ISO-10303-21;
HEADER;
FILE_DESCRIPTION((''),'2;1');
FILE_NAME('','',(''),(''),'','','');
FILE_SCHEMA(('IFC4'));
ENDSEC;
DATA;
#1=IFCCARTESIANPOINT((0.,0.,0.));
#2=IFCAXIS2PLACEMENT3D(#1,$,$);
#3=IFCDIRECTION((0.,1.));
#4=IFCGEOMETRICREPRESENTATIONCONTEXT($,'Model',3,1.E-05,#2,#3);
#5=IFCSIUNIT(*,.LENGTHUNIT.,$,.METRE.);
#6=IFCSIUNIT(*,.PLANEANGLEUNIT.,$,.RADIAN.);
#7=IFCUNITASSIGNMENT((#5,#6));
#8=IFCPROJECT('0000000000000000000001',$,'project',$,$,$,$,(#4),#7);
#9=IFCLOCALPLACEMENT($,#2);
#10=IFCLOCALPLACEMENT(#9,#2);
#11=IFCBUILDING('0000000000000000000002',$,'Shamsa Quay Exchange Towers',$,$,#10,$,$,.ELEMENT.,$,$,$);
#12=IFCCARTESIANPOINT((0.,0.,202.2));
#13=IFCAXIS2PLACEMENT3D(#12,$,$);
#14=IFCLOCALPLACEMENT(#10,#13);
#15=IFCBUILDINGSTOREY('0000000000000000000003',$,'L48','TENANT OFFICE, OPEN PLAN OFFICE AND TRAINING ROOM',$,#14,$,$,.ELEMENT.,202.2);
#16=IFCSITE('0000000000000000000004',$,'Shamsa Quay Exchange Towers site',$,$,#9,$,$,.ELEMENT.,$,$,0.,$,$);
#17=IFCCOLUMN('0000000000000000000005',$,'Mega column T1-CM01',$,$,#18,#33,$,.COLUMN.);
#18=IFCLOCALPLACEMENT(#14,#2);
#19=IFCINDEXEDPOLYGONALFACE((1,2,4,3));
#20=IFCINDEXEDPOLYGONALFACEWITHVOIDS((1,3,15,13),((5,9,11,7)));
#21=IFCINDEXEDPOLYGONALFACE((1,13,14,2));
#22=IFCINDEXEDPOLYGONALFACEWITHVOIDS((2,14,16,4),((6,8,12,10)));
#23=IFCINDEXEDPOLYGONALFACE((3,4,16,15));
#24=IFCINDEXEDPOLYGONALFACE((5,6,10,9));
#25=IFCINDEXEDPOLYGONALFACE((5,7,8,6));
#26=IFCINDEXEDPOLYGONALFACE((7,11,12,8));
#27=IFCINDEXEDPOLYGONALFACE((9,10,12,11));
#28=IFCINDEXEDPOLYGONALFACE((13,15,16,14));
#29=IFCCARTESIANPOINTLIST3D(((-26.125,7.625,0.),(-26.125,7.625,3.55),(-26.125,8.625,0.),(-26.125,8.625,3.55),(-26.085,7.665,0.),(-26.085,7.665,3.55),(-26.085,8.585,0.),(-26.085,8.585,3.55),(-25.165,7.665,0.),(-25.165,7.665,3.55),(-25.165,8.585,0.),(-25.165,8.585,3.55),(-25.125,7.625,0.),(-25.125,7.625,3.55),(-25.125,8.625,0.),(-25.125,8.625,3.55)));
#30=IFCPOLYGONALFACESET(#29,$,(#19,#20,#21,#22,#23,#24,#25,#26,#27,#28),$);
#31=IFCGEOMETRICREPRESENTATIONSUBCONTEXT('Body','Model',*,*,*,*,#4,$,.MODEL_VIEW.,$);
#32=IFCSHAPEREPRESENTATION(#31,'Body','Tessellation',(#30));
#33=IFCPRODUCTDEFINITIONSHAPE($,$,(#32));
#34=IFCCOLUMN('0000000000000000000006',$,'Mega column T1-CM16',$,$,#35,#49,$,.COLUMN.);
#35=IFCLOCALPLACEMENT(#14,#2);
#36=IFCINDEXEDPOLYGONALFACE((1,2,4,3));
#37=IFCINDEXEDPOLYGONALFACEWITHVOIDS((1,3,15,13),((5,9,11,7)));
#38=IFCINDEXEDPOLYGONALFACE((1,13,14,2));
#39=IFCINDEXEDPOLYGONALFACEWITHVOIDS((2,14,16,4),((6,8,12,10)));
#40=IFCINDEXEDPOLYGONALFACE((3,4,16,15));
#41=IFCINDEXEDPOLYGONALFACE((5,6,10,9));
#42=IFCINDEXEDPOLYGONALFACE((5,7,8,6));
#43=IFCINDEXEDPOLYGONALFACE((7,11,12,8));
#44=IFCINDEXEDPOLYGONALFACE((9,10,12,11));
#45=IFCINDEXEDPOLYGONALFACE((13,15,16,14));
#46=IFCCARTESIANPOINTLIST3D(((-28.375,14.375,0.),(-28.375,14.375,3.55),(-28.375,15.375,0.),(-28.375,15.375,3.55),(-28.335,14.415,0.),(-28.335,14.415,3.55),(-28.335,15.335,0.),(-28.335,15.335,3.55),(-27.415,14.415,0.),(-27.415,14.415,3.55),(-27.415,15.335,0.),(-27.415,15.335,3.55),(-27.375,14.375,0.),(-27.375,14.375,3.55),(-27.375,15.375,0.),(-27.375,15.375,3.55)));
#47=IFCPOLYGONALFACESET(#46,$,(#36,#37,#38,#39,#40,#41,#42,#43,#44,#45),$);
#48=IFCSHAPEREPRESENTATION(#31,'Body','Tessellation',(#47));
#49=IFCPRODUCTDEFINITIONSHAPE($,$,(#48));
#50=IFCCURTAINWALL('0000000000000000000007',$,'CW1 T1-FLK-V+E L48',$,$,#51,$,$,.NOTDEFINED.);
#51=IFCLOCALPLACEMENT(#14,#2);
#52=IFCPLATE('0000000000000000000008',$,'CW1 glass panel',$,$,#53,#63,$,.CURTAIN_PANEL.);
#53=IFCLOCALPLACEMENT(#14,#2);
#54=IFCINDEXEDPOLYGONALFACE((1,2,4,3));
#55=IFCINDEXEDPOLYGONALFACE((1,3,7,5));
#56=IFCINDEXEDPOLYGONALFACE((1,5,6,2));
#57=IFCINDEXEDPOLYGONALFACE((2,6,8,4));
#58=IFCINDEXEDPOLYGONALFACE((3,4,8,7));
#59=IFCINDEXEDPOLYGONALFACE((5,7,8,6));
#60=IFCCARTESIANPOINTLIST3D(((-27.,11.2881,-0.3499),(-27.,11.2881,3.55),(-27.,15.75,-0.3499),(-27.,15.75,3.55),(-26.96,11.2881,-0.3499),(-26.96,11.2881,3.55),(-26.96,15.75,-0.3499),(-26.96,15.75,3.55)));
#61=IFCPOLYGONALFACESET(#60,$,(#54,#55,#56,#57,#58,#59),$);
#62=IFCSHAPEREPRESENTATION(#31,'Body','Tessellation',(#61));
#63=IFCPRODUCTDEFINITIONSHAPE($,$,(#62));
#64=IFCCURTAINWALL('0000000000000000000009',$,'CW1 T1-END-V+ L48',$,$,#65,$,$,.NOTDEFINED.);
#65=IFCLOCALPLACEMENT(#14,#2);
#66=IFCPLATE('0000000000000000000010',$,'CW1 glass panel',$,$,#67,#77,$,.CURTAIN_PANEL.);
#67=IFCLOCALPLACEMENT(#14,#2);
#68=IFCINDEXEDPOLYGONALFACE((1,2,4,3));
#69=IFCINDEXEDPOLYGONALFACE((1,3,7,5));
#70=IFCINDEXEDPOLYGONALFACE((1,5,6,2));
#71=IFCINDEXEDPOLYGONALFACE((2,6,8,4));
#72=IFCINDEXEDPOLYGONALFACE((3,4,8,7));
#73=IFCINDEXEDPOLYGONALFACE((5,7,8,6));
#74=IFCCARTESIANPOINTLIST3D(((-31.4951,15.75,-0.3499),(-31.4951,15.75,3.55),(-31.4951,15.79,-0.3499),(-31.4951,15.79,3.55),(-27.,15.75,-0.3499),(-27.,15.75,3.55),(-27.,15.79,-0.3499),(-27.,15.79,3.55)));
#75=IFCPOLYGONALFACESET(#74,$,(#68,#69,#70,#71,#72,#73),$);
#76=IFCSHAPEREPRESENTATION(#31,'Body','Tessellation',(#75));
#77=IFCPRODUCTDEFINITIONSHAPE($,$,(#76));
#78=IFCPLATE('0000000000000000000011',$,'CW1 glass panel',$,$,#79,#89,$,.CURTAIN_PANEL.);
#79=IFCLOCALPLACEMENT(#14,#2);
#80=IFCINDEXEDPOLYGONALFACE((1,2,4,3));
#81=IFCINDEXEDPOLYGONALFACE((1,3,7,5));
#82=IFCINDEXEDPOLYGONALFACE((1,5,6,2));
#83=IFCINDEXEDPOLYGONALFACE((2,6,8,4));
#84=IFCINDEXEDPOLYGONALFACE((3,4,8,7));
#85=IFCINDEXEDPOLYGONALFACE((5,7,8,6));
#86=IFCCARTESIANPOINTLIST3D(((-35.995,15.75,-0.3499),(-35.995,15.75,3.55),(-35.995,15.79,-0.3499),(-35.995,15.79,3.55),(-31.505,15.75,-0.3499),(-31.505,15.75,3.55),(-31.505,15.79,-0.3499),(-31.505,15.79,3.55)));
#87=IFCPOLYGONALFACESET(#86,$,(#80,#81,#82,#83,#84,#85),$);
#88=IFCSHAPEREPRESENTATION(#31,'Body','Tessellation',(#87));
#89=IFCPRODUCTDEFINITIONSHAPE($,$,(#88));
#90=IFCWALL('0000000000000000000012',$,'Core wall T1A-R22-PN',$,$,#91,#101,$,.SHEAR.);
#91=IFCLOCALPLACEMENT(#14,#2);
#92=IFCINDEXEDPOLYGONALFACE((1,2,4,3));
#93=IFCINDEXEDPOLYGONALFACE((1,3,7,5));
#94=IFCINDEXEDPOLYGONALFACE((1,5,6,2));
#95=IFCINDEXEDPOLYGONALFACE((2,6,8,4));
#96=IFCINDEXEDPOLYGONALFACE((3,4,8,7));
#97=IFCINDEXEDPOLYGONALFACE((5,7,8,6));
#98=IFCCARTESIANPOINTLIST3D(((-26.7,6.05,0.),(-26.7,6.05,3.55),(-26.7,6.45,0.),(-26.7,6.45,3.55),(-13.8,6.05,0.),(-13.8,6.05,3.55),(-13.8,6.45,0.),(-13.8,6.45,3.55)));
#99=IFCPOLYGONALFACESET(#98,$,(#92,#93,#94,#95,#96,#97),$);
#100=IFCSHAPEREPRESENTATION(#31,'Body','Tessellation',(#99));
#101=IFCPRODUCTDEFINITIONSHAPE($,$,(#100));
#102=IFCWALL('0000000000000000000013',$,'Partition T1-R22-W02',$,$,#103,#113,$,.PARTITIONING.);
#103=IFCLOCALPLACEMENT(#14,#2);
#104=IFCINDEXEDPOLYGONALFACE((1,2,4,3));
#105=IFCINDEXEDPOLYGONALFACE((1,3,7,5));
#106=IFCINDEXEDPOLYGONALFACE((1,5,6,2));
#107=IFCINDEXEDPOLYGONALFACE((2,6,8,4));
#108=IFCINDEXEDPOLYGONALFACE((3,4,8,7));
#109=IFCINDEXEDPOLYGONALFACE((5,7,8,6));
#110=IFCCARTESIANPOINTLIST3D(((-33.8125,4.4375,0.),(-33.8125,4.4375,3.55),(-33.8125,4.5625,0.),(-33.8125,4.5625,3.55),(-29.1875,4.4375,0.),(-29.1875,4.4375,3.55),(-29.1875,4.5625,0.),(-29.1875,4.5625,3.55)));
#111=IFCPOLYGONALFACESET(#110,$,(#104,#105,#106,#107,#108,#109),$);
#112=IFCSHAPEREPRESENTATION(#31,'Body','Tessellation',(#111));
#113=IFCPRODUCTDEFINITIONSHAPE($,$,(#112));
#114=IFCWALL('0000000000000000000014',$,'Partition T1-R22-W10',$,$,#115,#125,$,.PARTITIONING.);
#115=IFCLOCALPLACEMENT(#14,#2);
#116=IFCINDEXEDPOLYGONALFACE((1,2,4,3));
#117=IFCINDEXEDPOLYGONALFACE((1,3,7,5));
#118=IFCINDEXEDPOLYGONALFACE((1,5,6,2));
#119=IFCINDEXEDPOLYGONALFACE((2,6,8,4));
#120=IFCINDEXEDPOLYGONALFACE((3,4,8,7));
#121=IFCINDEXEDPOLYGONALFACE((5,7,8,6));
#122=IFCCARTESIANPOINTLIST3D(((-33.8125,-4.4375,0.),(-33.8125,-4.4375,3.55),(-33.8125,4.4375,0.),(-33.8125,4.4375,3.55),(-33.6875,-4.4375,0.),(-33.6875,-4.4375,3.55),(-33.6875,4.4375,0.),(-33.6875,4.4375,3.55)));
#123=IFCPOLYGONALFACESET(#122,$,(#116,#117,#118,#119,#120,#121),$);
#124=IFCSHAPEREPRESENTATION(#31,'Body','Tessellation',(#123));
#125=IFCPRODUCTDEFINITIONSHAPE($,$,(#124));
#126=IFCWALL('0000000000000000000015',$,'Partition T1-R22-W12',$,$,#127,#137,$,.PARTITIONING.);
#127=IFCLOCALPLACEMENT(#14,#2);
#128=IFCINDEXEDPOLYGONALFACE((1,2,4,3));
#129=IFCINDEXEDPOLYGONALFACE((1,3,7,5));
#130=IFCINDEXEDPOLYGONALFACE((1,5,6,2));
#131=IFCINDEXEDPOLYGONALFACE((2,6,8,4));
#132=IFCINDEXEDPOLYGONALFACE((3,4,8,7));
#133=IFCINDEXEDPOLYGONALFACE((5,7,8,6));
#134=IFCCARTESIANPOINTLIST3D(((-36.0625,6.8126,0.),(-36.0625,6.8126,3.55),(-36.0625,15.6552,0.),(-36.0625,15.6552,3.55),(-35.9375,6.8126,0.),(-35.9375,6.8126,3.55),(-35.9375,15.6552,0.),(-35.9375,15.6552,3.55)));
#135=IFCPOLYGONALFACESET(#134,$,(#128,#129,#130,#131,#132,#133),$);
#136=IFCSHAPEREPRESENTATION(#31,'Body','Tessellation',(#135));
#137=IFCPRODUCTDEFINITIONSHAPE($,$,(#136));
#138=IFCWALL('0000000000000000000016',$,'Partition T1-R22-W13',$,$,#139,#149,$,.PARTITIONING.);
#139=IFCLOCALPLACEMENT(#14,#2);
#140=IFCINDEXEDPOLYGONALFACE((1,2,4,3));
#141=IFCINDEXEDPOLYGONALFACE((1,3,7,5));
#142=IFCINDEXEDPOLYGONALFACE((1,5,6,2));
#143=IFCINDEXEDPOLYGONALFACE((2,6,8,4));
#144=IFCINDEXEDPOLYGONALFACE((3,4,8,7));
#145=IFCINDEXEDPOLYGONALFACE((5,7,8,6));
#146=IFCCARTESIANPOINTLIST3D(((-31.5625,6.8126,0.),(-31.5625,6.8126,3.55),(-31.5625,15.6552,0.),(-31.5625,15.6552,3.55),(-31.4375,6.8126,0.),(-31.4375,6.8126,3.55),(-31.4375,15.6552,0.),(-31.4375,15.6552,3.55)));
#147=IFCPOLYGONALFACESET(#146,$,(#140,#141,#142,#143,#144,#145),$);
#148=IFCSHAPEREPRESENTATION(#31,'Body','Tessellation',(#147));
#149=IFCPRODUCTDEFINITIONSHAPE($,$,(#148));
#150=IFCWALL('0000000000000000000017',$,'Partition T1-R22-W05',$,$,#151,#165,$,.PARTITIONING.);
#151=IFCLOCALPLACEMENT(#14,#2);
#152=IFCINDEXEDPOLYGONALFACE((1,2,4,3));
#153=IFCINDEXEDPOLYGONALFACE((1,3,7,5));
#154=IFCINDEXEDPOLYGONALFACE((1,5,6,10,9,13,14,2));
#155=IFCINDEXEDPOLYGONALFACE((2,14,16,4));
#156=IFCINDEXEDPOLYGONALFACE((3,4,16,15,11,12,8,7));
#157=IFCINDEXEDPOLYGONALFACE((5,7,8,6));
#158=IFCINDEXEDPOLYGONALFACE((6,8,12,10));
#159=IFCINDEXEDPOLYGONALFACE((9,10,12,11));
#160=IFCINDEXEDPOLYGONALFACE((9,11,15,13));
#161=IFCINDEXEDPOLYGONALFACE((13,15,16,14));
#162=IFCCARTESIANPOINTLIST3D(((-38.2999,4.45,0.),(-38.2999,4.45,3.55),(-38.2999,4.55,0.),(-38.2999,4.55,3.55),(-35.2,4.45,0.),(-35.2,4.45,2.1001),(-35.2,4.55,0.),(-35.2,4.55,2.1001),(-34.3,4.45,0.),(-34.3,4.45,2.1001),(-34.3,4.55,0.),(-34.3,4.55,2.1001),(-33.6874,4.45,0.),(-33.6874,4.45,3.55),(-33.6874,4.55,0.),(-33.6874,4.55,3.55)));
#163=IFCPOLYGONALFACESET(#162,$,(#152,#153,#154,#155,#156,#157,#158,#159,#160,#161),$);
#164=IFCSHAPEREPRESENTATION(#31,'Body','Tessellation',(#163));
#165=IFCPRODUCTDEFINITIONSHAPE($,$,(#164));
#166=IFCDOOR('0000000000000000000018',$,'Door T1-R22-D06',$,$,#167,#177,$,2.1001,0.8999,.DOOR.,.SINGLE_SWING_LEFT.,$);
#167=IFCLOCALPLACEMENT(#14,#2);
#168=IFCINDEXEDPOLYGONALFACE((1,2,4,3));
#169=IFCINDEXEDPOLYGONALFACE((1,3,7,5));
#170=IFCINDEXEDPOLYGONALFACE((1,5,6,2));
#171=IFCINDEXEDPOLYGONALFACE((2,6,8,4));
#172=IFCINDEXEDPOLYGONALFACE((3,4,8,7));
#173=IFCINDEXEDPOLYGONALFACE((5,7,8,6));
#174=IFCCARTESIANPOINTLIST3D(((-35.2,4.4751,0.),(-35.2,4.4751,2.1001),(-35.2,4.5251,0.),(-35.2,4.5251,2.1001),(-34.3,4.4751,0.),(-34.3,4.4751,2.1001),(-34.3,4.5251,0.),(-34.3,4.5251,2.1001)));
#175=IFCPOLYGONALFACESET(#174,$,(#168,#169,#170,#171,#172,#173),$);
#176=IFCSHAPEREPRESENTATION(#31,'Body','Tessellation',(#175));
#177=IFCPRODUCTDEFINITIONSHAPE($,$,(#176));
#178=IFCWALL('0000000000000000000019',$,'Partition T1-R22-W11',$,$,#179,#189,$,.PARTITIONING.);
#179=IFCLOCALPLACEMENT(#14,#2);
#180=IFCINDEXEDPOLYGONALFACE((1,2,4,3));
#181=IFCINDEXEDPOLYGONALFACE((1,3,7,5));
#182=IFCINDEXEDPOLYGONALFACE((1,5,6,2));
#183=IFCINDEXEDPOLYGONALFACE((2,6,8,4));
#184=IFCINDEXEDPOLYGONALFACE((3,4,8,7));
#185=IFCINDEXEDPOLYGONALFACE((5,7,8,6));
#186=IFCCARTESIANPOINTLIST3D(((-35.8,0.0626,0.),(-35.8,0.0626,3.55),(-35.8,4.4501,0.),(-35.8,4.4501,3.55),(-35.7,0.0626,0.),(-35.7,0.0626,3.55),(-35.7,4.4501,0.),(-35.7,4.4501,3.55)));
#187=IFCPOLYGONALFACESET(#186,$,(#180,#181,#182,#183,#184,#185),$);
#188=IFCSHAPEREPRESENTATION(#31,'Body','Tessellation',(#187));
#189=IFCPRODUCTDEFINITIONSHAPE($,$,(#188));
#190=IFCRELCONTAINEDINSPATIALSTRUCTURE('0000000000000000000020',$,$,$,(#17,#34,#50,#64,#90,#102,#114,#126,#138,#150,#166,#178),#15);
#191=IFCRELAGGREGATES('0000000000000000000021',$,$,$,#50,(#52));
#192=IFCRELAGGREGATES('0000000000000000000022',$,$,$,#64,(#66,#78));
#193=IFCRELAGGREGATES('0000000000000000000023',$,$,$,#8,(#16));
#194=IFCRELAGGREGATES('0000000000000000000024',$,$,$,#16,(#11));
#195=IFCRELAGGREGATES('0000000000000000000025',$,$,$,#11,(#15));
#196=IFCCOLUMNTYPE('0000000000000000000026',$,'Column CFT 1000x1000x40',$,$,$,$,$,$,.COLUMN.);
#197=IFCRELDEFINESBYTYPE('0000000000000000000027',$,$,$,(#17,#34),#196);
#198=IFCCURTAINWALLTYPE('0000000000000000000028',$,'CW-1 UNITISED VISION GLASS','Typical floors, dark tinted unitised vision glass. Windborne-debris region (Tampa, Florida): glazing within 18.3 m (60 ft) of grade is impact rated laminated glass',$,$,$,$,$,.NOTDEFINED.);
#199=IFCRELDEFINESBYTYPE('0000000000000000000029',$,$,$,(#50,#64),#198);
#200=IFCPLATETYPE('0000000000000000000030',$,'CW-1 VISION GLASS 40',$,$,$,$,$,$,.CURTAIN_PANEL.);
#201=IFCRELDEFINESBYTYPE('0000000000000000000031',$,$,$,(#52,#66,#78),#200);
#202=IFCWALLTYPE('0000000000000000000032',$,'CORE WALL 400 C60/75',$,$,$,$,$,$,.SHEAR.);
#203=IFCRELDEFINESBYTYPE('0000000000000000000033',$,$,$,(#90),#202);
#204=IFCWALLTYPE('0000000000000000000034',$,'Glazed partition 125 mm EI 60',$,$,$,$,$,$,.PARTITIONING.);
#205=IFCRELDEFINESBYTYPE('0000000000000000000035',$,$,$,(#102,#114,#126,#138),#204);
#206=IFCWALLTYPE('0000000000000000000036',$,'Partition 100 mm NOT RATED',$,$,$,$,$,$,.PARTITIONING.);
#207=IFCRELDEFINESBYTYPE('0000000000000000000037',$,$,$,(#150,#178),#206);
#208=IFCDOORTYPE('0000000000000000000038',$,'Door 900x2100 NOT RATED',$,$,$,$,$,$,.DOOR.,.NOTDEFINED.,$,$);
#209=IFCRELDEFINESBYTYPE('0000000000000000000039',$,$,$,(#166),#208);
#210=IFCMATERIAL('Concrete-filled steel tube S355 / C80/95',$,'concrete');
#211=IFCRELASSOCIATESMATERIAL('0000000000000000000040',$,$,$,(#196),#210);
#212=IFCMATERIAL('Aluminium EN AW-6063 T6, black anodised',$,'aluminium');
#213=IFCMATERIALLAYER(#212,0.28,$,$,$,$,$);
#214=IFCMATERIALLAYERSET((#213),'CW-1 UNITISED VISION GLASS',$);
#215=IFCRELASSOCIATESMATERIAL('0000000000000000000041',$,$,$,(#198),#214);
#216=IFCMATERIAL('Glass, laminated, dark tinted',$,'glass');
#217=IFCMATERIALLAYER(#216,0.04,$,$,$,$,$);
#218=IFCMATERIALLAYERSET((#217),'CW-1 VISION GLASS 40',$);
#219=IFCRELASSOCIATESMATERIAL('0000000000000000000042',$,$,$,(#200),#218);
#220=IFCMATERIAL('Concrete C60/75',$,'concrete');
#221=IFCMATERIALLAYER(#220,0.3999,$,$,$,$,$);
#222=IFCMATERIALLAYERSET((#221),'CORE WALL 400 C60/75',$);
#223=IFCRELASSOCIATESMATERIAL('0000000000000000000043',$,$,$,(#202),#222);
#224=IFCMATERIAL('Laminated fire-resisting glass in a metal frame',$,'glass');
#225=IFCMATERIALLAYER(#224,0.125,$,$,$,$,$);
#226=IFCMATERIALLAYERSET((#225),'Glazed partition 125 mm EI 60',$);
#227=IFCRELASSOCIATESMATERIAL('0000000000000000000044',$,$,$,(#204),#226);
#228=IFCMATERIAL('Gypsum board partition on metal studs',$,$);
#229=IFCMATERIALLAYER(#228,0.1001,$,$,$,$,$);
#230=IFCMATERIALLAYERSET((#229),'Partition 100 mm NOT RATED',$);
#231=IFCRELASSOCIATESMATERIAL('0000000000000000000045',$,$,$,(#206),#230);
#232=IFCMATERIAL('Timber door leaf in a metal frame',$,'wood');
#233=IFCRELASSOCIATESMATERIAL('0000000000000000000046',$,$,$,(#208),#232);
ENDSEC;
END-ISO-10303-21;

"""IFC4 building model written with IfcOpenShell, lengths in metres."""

from ifc_helpers import new_model, si_unit, direction, frame, frame_2d, origin, origin_2d, place, context, subcontext, project, spatial, rectangle, hollow_rectangle, extrude, material, layer, layer_set, material_profile, profile_set, type_object, element, fill, aggregate, save


model = new_model("IFC4")

# Units and contexts
model_context = context("Model", 3, precision=1e-05, world=origin(), true_north=direction((0.0, 1.0)))
body_context = subcontext(model_context, "Body", "Model", "MODEL_VIEW")
ifc_project = project(units=[si_unit("LENGTHUNIT", "METRE"), si_unit("PLANEANGLEUNIT", "RADIAN")], contexts=[model_context])

# Site, building, storey
site_placement = place(None, origin())
site = spatial("IfcSite", under=ifc_project, at=site_placement, Name="Shamsa Quay Exchange Towers site", CompositionType="ELEMENT", RefElevation=0.0)
building_placement = place(site_placement, origin())
building = spatial("IfcBuilding", under=site, at=building_placement, Name="Shamsa Quay Exchange Towers", CompositionType="ELEMENT")
storey_placement = place(building_placement, frame((0.0, 0.0, 202.2)))
storey = spatial("IfcBuildingStorey", under=building, at=storey_placement, Name="L48", Description="TENANT OFFICE, OPEN PLAN OFFICE AND TRAINING ROOM", CompositionType="ELEMENT", Elevation=202.2)

# Columns
ifc_material_1 = material(Name="Concrete-filled steel tube S355 / C80/95", Category="concrete")
ifc_material_profile = material_profile(ifc_material_1, hollow_rectangle(XDim=1.0, YDim=1.0, WallThickness=0.04, at=origin_2d()), Name="CFT 1000x1000x40")
ifc_profile_set = profile_set([ifc_material_profile], Name="Concrete-filled steel tube S355 / C80/95")
column_type = type_object("IfcColumnType", Name="Column CFT 1000x1000x40", PredefinedType="COLUMN", material=ifc_profile_set)
for number, where, name in (
    (1, (-25.625, 8.125, 0.0), "Mega column T1-CM01"),
    (2, (-27.875, 14.875, 0.0), "Mega column T1-CM16"),
):
    element("IfcColumn", number, at=place(storey_placement, frame(where)), inside=storey, type_object=column_type, Name=name, PredefinedType="COLUMN", context=body_context, shape_type="SweptSolid", body=[
        extrude(hollow_rectangle(XDim=1.0, YDim=1.0, WallThickness=0.04, at=origin_2d()), origin(), (0.0, 0.0, 1.0), 3.55),
    ])

# Curtain wall, plate
ifc_material_2 = material(Name="Aluminium EN AW-6063 T6, black anodised", Category="aluminium")
ifc_layer_1 = layer(ifc_material_2, 0.28)
ifc_layer_set_1 = layer_set([ifc_layer_1], Name="CW-1 UNITISED VISION GLASS")
curtain_wall_type = type_object("IfcCurtainWallType", Name="CW-1 UNITISED VISION GLASS", Description="Typical floors, dark tinted unitised vision glass. Windborne-debris region (Tampa, Florida): glazing within 18.3 m (60 ft) of grade is impact rated laminated glass", PredefinedType="NOTDEFINED", material=ifc_layer_set_1)
curtain_wall_1_placement = place(storey_placement, origin())
curtain_wall_1 = element("IfcCurtainWall", 3, at=curtain_wall_1_placement, inside=storey, type_object=curtain_wall_type, Name="CW1 T1-FLK-V+E L48", PredefinedType="NOTDEFINED")
ifc_material_3 = material(Name="Glass, laminated, dark tinted", Category="glass")
ifc_layer_2 = layer(ifc_material_3, 0.04)
ifc_layer_set_2 = layer_set([ifc_layer_2], Name="CW-1 VISION GLASS 40")
plate_type = type_object("IfcPlateType", Name="CW-1 VISION GLASS 40", PredefinedType="CURTAIN_PANEL", material=ifc_layer_set_2)
plate_1_placement = place(storey_placement, frame((-26.98, 13.519, -0.3499), z_axis=(0.0, 0.0, 1.0), x_axis=(0.0, 1.0, 0.0)))
plate_1 = element("IfcPlate", 4, at=plate_1_placement, type_object=plate_type, Name="CW1 glass panel", PredefinedType="CURTAIN_PANEL", context=body_context, shape_type="SweptSolid", body=[
    extrude(rectangle(XDim=4.4619, YDim=0.04, at=origin_2d()), origin(), (0.0, 0.0, 1.0), 3.8999),
])
aggregate(curtain_wall_1, [plate_1])

# Curtain wall, plates
curtain_wall_2_placement = place(storey_placement, origin())
curtain_wall_2 = element("IfcCurtainWall", 5, at=curtain_wall_2_placement, inside=storey, type_object=curtain_wall_type, Name="CW1 T1-END-V+ L48", PredefinedType="NOTDEFINED")
plate_2_placement = place(storey_placement, frame((-29.2476, 15.77, -0.3499), z_axis=(0.0, 0.0, 1.0), x_axis=(-1.0, 0.0, 0.0)))
plate_2 = element("IfcPlate", 6, at=plate_2_placement, type_object=plate_type, Name="CW1 glass panel", PredefinedType="CURTAIN_PANEL", context=body_context, shape_type="SweptSolid", body=[
    extrude(rectangle(XDim=4.4951, YDim=0.04, at=origin_2d()), origin(), (0.0, 0.0, 1.0), 3.8999),
])
plate_3_placement = place(storey_placement, frame((-33.75, 15.77, -0.3499), z_axis=(0.0, 0.0, 1.0), x_axis=(-1.0, 0.0, 0.0)))
plate_3 = element("IfcPlate", 7, at=plate_3_placement, type_object=plate_type, Name="CW1 glass panel", PredefinedType="CURTAIN_PANEL", context=body_context, shape_type="SweptSolid", body=[
    extrude(rectangle(XDim=4.49, YDim=0.04, at=origin_2d()), origin(), (0.0, 0.0, 1.0), 3.8999),
])
aggregate(curtain_wall_2, [plate_2, plate_3])

# Wall
ifc_material_4 = material(Name="Concrete C60/75", Category="concrete")
ifc_layer_3 = layer(ifc_material_4, 0.3999)
ifc_layer_set_3 = layer_set([ifc_layer_3], Name="CORE WALL 400 C60/75")
wall_type_1 = type_object("IfcWallType", Name="CORE WALL 400 C60/75", PredefinedType="SHEAR", material=ifc_layer_set_3)
wall_1_placement = place(storey_placement, frame((-26.7, 6.25, 0.0)))
element("IfcWall", 8, at=wall_1_placement, inside=storey, type_object=wall_type_1, Name="Core wall T1A-R22-PN", PredefinedType="SHEAR", context=body_context, shape_type="SweptSolid", body=[
    extrude(rectangle(XDim=12.8999, YDim=0.3999, at=frame_2d((6.45, 0.0))), origin(), (0.0, 0.0, 1.0), 3.55),
])

# Walls
ifc_material_5 = material(Name="Laminated fire-resisting glass in a metal frame", Category="glass")
ifc_layer_4 = layer(ifc_material_5, 0.125)
ifc_layer_set_4 = layer_set([ifc_layer_4], Name="Glazed partition 125 mm EI 60")
wall_type_2 = type_object("IfcWallType", Name="Glazed partition 125 mm EI 60", PredefinedType="PARTITIONING", material=ifc_layer_set_4)
wall_2_placement = place(storey_placement, frame((-29.1875, 4.5, 0.0), z_axis=(0.0, 0.0, 1.0), x_axis=(-1.0, 0.0, 0.0)))
element("IfcWall", 9, at=wall_2_placement, inside=storey, type_object=wall_type_2, Name="Partition T1-R22-W02", PredefinedType="PARTITIONING", context=body_context, shape_type="SweptSolid", body=[
    extrude(rectangle(XDim=4.625, YDim=0.125, at=frame_2d((2.3125, 0.0))), origin(), (0.0, 0.0, 1.0), 3.55),
])
wall_3_placement = place(storey_placement, frame((-33.75, 4.4375, 0.0), z_axis=(0.0, 0.0, 1.0), x_axis=(0.0, -1.0, 0.0)))
element("IfcWall", 10, at=wall_3_placement, inside=storey, type_object=wall_type_2, Name="Partition T1-R22-W10", PredefinedType="PARTITIONING", context=body_context, shape_type="SweptSolid", body=[
    extrude(rectangle(XDim=8.875, YDim=0.125, at=frame_2d((4.4375, 0.0))), origin(), (0.0, 0.0, 1.0), 3.55),
])
for number, where, z_axis, x_axis, name in (
    (11, (-36.0, 6.8125, 0.0), (0.0, 0.0, 1.0), (0.0, 1.0, 0.0), "Partition T1-R22-W12"),
    (12, (-31.5, 6.8125, 0.0), (0.0, 0.0, 1.0), (0.0, 1.0, 0.0), "Partition T1-R22-W13"),
):
    element("IfcWall", number, at=place(storey_placement, frame(where, z_axis=z_axis, x_axis=x_axis)), inside=storey, type_object=wall_type_2, Name=name, PredefinedType="PARTITIONING", context=body_context, shape_type="SweptSolid", body=[
        extrude(rectangle(XDim=8.8425, YDim=0.125, at=frame_2d((4.4214, 0.0))), origin(), (0.0, 0.0, 1.0), 3.55),
    ])

# Wall, opening, door
ifc_material_6 = material(Name="Gypsum board partition on metal studs")
ifc_layer_5 = layer(ifc_material_6, 0.1001)
ifc_layer_set_5 = layer_set([ifc_layer_5], Name="Partition 100 mm NOT RATED")
wall_type_3 = type_object("IfcWallType", Name="Partition 100 mm NOT RATED", PredefinedType="PARTITIONING", material=ifc_layer_set_5)
wall_4_placement = place(storey_placement, frame((-33.6875, 4.5, 0.0), z_axis=(0.0, 0.0, 1.0), x_axis=(-1.0, 0.0, 0.0)))
wall_4 = element("IfcWall", 13, at=wall_4_placement, inside=storey, type_object=wall_type_3, Name="Partition T1-R22-W05", PredefinedType="PARTITIONING", context=body_context, shape_type="SweptSolid", body=[
    extrude(rectangle(XDim=4.6125, YDim=0.1001, at=frame_2d((2.3062, 0.0))), origin(), (0.0, 0.0, 1.0), 3.55),
])
opening_1_placement = place(wall_4_placement, frame((0.6125, 0.0, 0.0)))
opening_1 = element("IfcOpeningElement", 14, at=opening_1_placement, cuts=wall_4, PredefinedType="OPENING", context=body_context, shape_type="SweptSolid", body=[
    extrude(rectangle(XDim=0.8999, YDim=2.1001, at=frame_2d((0.45, 1.05))), frame((0.0, 0.0601, 0.0), z_axis=(0.0, -1.0, 0.0), x_axis=(1.0, 0.0, 0.0)), (0.0, 0.0, 1.0), 0.1201),
])
ifc_material_7 = material(Name="Timber door leaf in a metal frame", Category="wood")
door_type_1 = type_object("IfcDoorType", Name="Door 900x2100 NOT RATED", OperationType="NOTDEFINED", PredefinedType="DOOR", material=ifc_material_7)
door_1_placement = place(opening_1_placement, origin())
door_1 = element("IfcDoor", 15, at=door_1_placement, inside=storey, type_object=door_type_1, Name="Door T1-R22-D06", OperationType="SINGLE_SWING_LEFT", OverallHeight=2.1001, OverallWidth=0.8999, PredefinedType="DOOR", context=body_context, shape_type="SweptSolid", body=[
    extrude(rectangle(XDim=0.8999, YDim=2.1001, at=frame_2d((0.45, 1.05))), frame((0.0, 0.0249, 0.0), z_axis=(0.0, -1.0, 0.0), x_axis=(1.0, 0.0, 0.0)), (0.0, 0.0, 1.0), 0.05),
])
fill(opening_1, door_1)

# Wall
wall_5_placement = place(storey_placement, frame((-35.75, 0.0625, 0.0), z_axis=(0.0, 0.0, 1.0), x_axis=(0.0, 1.0, 0.0)))
element("IfcWall", 16, at=wall_5_placement, inside=storey, type_object=wall_type_3, Name="Partition T1-R22-W11", PredefinedType="PARTITIONING", context=body_context, shape_type="SweptSolid", body=[
    extrude(rectangle(XDim=4.3875, YDim=0.1001, at=frame_2d((2.1938, 0.0))), origin(), (0.0, 0.0, 1.0), 3.55),
])

save(model, "model.ifc")
